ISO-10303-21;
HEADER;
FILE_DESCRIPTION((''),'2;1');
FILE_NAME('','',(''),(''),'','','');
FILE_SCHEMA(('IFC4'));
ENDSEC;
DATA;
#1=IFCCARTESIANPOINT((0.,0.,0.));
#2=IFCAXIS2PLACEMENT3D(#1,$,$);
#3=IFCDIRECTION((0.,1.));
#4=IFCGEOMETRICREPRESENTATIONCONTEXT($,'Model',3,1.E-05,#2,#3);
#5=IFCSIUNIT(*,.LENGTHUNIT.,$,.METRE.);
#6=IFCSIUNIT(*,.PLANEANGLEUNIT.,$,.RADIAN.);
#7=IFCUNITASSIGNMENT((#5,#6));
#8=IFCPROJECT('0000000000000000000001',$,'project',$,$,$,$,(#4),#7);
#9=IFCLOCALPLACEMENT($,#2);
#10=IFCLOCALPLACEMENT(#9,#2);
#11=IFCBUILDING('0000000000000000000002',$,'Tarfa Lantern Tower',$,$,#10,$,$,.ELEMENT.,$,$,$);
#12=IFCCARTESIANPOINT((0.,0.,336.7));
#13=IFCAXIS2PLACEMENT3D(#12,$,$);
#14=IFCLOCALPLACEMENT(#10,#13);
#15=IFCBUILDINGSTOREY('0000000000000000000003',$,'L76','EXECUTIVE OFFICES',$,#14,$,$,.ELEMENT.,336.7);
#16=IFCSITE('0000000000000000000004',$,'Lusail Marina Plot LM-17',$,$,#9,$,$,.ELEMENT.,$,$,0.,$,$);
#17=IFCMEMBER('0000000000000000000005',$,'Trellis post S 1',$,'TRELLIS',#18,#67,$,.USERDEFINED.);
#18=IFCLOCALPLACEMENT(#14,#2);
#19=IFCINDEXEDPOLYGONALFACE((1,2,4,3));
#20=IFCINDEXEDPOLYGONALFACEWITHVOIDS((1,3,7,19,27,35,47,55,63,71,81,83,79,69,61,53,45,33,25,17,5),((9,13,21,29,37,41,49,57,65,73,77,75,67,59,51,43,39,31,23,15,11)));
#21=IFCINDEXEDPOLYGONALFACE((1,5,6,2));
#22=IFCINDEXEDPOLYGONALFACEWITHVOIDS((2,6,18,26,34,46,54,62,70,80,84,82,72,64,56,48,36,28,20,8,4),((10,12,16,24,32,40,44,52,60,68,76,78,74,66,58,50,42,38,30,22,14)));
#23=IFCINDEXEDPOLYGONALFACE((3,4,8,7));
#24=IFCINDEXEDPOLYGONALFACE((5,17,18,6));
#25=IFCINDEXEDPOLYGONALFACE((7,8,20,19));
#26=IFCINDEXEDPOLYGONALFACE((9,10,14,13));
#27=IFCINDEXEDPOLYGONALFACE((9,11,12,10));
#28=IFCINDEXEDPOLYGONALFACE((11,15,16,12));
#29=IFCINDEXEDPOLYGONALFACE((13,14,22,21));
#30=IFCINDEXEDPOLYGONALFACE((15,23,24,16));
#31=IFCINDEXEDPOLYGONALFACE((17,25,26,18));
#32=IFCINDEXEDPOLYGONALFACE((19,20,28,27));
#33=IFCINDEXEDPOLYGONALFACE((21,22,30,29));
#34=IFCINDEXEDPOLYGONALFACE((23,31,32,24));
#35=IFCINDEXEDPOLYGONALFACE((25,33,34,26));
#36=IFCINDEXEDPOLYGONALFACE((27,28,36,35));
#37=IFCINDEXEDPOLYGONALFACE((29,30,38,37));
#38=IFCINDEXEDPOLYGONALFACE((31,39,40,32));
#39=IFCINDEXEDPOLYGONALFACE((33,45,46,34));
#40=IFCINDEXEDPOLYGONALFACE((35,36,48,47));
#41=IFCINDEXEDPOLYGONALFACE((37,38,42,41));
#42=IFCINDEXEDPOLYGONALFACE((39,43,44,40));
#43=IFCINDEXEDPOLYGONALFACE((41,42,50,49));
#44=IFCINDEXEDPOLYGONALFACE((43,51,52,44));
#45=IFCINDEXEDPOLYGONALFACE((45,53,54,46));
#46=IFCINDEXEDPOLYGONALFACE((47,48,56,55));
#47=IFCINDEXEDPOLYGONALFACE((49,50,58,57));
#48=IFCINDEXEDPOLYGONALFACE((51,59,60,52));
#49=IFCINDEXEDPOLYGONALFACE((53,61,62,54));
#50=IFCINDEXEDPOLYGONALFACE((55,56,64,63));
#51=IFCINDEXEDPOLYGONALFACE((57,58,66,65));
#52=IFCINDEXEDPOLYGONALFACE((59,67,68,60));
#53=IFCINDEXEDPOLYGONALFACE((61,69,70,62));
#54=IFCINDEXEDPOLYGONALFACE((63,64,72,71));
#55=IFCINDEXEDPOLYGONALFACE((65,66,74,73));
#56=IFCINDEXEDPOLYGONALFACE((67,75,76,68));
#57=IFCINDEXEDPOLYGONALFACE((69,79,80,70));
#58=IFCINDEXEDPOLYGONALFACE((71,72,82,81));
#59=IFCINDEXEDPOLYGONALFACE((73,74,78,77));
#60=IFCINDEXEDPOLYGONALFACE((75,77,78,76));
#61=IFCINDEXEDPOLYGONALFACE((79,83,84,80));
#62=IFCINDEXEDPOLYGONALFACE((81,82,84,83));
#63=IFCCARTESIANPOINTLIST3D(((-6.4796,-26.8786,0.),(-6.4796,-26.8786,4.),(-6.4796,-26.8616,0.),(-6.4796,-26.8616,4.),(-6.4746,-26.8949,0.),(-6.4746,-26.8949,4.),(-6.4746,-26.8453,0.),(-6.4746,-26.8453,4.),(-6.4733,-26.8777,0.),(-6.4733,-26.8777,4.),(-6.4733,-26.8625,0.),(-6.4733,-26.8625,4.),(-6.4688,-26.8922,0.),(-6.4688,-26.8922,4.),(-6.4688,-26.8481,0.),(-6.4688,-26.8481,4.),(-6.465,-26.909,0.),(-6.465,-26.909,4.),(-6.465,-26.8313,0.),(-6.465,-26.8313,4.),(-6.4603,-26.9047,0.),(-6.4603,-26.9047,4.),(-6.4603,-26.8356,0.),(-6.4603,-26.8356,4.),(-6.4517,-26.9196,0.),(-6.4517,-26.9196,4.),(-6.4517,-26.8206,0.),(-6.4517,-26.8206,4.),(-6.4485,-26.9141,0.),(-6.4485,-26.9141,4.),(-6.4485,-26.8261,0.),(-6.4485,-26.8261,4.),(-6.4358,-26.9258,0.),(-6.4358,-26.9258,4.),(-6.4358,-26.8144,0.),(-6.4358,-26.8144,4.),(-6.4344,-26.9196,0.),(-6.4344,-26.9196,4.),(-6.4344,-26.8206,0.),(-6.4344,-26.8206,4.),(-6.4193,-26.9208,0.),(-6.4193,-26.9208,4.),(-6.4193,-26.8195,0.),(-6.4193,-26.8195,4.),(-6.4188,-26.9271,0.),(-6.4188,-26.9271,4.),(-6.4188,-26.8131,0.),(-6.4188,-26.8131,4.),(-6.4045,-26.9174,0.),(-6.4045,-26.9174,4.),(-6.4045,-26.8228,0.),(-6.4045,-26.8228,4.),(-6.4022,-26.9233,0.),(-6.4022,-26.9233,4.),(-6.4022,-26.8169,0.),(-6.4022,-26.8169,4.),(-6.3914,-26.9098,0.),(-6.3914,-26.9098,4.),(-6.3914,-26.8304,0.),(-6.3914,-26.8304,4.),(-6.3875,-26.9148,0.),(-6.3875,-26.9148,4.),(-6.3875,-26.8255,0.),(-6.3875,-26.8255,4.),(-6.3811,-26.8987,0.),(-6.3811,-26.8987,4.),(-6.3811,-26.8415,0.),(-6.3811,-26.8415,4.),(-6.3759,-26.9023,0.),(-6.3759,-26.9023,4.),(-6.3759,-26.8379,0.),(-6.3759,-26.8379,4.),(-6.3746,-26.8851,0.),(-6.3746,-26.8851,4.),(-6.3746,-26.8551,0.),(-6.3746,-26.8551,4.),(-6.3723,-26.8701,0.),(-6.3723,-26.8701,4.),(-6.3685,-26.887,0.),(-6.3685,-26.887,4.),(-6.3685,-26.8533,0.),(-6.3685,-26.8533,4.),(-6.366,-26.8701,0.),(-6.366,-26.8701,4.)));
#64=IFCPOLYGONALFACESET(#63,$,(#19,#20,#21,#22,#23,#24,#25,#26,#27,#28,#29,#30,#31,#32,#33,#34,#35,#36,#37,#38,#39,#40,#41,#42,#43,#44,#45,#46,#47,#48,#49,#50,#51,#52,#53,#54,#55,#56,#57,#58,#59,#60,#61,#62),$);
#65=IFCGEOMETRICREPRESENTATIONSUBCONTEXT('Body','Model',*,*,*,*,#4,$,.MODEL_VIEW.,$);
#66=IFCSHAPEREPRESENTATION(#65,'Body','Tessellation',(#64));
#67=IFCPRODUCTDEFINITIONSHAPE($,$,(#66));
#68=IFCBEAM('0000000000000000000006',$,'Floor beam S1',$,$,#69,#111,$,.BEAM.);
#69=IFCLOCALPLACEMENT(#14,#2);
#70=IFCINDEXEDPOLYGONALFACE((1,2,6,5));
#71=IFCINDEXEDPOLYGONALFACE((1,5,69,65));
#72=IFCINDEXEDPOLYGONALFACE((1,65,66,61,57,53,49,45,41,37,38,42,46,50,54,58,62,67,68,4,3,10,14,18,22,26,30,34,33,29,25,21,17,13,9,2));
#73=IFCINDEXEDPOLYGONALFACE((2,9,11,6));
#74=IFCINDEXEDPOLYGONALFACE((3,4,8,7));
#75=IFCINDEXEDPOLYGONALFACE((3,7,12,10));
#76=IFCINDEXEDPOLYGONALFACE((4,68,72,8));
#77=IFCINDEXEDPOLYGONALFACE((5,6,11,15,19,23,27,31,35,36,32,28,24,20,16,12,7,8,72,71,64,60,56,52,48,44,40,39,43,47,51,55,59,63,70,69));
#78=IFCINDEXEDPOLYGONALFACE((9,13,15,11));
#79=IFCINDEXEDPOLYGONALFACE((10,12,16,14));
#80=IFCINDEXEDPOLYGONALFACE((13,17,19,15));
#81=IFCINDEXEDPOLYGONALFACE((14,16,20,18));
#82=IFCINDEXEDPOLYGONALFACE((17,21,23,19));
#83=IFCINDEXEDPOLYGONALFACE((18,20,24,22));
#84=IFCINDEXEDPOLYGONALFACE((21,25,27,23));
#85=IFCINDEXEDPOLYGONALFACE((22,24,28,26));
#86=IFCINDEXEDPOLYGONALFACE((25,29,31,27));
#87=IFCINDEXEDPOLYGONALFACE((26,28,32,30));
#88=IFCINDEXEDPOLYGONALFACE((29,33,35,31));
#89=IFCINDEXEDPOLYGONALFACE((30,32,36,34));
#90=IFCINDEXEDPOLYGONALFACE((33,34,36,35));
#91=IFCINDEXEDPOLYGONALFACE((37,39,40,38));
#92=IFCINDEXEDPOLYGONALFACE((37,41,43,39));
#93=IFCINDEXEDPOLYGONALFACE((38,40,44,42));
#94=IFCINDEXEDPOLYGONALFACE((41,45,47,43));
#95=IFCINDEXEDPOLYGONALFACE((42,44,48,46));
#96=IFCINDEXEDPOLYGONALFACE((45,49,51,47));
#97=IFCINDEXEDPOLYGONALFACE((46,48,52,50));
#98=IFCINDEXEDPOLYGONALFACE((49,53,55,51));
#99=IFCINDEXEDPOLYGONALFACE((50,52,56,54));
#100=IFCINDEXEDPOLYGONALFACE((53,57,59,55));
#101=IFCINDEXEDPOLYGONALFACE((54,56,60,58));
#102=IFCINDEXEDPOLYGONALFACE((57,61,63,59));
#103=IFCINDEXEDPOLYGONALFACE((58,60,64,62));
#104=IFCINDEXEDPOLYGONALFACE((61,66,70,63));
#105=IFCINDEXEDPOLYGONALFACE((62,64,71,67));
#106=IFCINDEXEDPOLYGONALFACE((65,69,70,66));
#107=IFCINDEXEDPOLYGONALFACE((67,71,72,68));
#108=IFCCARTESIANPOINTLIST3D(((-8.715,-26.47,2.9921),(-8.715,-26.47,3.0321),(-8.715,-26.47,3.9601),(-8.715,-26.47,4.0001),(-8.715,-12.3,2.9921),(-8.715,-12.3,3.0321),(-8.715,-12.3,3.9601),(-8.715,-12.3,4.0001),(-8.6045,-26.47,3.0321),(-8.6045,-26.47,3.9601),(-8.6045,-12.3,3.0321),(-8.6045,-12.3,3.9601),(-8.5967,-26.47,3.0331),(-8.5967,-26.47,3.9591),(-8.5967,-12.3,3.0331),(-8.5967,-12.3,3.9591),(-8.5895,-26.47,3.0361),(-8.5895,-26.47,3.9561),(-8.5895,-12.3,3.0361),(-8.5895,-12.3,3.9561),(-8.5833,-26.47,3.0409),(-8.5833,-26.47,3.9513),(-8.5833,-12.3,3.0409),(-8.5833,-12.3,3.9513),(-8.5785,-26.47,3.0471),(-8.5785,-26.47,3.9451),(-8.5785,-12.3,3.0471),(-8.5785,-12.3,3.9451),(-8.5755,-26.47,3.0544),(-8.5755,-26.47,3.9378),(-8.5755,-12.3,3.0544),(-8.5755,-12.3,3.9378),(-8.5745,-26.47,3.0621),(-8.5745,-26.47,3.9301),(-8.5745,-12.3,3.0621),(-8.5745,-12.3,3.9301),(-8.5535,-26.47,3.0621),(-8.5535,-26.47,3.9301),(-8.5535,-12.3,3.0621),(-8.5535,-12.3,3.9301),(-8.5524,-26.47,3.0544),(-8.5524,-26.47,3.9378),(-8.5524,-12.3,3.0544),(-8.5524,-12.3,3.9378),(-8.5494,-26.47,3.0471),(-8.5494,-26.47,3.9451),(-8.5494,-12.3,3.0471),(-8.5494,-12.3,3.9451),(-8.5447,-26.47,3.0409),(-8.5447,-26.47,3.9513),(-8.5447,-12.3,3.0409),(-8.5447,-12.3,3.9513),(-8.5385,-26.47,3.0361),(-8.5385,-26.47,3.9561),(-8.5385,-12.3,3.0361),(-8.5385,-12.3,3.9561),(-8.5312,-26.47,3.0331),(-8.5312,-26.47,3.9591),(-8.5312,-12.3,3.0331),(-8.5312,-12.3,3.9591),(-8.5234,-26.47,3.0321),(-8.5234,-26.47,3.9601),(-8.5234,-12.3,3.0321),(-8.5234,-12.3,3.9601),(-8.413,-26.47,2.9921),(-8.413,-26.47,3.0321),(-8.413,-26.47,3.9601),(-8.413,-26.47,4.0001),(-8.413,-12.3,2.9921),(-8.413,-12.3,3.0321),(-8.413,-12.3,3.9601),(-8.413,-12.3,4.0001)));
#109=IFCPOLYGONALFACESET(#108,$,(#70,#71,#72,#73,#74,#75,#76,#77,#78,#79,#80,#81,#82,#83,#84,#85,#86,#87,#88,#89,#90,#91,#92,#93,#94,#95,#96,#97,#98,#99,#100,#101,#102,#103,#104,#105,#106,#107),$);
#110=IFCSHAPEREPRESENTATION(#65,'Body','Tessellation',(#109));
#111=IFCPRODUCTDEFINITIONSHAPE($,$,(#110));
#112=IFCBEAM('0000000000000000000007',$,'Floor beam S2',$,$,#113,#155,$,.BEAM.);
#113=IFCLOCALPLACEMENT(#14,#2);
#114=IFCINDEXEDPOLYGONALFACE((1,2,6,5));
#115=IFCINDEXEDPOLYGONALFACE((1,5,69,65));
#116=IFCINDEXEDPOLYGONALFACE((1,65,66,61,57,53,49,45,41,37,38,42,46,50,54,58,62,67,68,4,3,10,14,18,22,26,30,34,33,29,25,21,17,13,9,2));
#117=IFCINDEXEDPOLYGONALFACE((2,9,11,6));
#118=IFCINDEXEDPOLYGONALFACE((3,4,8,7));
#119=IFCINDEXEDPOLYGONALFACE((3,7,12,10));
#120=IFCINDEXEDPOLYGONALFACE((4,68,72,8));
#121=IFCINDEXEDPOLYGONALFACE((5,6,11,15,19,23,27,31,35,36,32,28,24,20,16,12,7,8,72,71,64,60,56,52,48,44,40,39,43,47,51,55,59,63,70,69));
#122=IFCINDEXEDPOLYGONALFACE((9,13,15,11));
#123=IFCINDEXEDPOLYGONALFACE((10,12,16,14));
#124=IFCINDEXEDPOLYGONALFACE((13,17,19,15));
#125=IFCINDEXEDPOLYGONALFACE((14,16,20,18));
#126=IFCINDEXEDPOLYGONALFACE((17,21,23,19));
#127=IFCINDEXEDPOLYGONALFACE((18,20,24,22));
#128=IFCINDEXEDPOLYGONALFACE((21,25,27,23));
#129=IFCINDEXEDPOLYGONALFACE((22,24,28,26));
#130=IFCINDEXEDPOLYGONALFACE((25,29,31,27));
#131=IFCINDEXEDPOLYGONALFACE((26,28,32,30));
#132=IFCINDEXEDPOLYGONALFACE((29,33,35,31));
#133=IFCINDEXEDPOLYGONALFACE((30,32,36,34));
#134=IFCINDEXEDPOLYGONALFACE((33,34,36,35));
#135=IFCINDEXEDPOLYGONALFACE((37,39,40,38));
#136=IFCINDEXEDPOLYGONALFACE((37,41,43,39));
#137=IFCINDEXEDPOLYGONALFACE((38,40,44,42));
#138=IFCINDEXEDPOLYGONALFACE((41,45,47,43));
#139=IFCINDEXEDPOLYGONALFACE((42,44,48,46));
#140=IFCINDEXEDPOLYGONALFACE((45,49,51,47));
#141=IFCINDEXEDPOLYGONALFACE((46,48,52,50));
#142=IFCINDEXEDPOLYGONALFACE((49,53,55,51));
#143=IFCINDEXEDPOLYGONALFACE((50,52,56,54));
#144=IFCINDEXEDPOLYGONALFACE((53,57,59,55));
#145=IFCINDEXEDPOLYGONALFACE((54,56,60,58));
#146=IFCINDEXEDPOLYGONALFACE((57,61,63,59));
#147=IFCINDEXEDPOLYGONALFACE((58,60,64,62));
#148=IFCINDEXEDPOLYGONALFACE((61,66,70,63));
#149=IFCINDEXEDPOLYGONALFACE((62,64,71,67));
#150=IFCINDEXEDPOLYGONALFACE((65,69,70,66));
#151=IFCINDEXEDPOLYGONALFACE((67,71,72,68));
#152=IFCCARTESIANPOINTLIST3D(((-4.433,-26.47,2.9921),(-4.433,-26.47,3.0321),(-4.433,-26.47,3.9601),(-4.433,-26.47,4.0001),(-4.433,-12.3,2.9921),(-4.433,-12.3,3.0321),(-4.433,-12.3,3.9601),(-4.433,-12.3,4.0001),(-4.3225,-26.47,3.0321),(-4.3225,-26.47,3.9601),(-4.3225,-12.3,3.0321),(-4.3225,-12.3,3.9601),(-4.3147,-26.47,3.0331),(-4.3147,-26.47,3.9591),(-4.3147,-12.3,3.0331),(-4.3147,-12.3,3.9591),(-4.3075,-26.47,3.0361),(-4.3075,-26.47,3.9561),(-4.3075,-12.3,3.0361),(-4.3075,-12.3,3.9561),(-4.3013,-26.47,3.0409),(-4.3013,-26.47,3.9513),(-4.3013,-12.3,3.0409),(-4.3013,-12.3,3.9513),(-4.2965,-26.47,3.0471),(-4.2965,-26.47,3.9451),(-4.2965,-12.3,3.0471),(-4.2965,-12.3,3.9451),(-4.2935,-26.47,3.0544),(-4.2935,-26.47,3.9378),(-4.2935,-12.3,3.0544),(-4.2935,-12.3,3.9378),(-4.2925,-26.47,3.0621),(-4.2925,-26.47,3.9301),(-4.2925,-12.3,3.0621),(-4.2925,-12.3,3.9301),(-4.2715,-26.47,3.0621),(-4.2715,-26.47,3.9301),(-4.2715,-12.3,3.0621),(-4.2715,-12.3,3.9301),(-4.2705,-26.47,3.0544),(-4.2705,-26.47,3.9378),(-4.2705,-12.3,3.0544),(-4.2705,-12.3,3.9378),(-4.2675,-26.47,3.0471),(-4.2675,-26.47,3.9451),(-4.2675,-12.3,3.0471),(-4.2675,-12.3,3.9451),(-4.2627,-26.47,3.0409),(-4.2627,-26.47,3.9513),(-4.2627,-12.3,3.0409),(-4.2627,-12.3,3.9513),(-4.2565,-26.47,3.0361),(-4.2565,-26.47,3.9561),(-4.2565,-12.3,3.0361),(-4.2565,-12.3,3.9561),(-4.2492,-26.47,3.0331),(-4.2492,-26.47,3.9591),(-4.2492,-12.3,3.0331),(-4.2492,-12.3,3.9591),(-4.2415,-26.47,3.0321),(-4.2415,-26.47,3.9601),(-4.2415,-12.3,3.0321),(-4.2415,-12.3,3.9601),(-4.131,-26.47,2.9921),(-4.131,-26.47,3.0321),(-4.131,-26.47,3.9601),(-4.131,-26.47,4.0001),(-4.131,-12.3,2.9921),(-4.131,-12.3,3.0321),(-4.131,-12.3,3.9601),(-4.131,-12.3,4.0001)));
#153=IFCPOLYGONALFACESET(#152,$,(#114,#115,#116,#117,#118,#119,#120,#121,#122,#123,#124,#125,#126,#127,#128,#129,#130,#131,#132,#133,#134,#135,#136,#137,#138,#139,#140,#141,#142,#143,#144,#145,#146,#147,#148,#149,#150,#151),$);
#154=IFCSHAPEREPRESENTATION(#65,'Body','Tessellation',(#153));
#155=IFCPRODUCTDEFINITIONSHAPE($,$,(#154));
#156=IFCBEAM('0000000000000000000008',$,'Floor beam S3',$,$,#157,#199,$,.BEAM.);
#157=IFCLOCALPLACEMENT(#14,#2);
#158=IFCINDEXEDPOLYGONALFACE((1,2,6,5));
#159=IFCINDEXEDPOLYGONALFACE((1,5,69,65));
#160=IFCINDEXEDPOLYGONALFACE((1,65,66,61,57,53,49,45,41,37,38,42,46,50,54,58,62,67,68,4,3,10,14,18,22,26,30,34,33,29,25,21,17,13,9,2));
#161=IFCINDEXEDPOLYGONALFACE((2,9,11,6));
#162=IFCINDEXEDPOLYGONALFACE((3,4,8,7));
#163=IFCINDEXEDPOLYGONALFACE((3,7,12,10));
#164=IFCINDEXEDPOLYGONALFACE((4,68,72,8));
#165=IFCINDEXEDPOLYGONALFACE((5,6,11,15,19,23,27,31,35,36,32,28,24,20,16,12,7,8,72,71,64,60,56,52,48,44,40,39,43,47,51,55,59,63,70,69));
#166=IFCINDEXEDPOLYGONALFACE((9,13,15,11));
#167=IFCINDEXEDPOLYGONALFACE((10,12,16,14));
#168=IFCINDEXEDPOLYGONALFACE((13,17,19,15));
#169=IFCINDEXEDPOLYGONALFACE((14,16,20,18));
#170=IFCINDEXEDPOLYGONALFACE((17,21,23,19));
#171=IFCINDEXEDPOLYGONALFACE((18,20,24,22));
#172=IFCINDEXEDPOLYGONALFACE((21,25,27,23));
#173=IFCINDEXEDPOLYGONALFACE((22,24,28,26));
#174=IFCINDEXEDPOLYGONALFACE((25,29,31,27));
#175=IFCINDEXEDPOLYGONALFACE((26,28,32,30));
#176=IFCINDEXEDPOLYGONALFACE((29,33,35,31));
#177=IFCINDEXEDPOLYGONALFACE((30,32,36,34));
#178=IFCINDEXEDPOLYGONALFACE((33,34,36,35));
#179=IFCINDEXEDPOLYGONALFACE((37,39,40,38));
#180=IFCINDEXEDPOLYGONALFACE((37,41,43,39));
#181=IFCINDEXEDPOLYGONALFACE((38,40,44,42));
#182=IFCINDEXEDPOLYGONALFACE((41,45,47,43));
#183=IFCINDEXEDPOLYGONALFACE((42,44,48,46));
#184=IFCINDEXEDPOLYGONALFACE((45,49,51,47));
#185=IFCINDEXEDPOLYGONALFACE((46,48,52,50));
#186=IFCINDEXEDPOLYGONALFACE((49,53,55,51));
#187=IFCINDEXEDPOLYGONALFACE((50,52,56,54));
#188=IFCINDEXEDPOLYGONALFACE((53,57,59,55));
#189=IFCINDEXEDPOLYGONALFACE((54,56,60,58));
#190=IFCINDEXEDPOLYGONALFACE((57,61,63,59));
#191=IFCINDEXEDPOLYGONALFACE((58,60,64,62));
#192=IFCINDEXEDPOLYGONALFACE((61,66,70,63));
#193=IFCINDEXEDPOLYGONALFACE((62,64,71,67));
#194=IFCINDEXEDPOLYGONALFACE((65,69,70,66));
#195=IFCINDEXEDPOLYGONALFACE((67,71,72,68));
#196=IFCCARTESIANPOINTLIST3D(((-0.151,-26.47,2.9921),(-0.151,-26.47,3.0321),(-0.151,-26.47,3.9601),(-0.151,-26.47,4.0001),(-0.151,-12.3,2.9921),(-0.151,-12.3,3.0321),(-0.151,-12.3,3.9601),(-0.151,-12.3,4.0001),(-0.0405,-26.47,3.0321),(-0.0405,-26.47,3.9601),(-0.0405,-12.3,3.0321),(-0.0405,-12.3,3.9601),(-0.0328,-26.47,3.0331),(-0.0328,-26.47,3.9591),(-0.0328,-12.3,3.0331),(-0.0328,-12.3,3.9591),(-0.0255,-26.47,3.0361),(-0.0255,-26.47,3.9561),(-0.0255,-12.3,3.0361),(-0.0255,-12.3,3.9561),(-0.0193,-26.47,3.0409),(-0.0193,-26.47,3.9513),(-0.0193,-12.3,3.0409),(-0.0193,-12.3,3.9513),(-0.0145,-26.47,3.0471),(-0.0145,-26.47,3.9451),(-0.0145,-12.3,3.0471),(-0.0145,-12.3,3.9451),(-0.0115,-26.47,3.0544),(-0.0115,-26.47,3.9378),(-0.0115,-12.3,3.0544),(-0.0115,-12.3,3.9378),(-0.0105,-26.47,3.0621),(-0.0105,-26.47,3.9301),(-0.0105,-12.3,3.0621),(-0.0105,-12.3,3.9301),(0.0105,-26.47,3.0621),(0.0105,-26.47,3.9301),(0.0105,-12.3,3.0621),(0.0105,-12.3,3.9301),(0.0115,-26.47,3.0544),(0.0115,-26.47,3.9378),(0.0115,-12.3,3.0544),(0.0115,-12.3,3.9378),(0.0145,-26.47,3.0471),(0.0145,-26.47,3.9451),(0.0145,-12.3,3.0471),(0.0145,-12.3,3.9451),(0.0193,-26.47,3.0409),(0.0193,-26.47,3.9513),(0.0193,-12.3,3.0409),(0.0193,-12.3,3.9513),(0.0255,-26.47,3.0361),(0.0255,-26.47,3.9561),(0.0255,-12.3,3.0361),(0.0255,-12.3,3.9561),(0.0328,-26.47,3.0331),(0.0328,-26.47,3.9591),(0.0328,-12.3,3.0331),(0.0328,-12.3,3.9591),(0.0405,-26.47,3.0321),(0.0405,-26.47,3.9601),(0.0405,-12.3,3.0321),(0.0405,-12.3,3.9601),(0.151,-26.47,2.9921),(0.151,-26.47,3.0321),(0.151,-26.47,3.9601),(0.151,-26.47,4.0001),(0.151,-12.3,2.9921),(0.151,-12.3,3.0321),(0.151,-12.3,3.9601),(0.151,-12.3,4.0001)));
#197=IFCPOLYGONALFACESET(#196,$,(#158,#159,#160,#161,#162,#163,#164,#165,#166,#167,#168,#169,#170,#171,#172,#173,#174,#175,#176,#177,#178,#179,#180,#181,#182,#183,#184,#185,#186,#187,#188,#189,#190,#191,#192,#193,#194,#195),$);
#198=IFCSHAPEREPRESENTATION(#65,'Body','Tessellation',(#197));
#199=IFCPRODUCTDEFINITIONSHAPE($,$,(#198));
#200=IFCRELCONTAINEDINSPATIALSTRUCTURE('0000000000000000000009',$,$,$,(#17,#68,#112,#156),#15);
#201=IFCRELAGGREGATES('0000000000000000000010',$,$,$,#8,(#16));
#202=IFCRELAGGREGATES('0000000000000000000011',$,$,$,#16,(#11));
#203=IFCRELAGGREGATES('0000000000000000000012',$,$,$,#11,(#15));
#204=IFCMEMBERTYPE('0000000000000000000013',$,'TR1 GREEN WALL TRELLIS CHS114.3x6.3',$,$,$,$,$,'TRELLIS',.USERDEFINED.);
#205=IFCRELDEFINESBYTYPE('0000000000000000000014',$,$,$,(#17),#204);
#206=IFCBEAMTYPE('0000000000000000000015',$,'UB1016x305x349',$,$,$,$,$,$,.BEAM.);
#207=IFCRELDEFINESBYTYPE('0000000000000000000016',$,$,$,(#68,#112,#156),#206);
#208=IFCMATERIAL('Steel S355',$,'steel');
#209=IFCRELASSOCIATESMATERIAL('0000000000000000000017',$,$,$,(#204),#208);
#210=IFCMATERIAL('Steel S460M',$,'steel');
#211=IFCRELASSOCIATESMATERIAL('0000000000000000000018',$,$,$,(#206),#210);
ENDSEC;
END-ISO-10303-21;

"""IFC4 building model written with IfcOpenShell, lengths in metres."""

from ifc_helpers import new_model, si_unit, direction, frame, origin, origin_2d, place, context, subcontext, project, spatial, hollow_circle, i_section, extrude, material, material_profile, profile_set, type_object, element, save


model = new_model("IFC4")

# Units and contexts
model_context = context("Model", 3, precision=1e-05, world=origin(), true_north=direction((0.0, 1.0)))
body_context = subcontext(model_context, "Body", "Model", "MODEL_VIEW")
ifc_project = project(units=[si_unit("LENGTHUNIT", "METRE"), si_unit("PLANEANGLEUNIT", "RADIAN")], contexts=[model_context])

# Site, building, storey
site_placement = place(None, origin())
site = spatial("IfcSite", under=ifc_project, at=site_placement, Name="Lusail Marina Plot LM-17", CompositionType="ELEMENT", RefElevation=0.0)
building_placement = place(site_placement, origin())
building = spatial("IfcBuilding", under=site, at=building_placement, Name="Tarfa Lantern Tower", CompositionType="ELEMENT")
storey_placement = place(building_placement, frame((0.0, 0.0, 336.7)))
storey = spatial("IfcBuildingStorey", under=building, at=storey_placement, Name="L76", Description="EXECUTIVE OFFICES", CompositionType="ELEMENT", Elevation=336.7)

# Member
ifc_material_1 = material(Name="Steel S355", Category="steel")
ifc_material_profile_1 = material_profile(ifc_material_1, hollow_circle(Radius=0.0571, WallThickness=0.0063, at=origin_2d()), Name="CHS114.3x6.3")
ifc_profile_set_1 = profile_set([ifc_material_profile_1], Name="Steel S355")
member_type_1 = type_object("IfcMemberType", Name="TR1 GREEN WALL TRELLIS CHS114.3x6.3", ElementType="TRELLIS", PredefinedType="USERDEFINED", material=ifc_profile_set_1)
member_1_placement = place(storey_placement, frame((-6.4231, -26.8701, 0.0), z_axis=(0.0, 0.0, 1.0), x_axis=(1.0, 0.0, 0.0)))
element("IfcMember", 1, at=member_1_placement, inside=storey, type_object=member_type_1, Name="Trellis post S 1", ObjectType="TRELLIS", PredefinedType="USERDEFINED", context=body_context, shape_type="SweptSolid", body=[
    extrude(hollow_circle(Radius=0.0571, WallThickness=0.0063, at=origin_2d()), origin(), (0.0, 0.0, 1.0), 4.0),
])

# Beams
ifc_material_2 = material(Name="Steel S460M", Category="steel")
ifc_material_profile_2 = material_profile(ifc_material_2, i_section(OverallWidth=0.302, OverallDepth=1.0081, WebThickness=0.021, FlangeThickness=0.04, FilletRadius=0.03, at=origin_2d()), Name="UB1016x305x349")
ifc_profile_set_2 = profile_set([ifc_material_profile_2], Name="Steel S460M")
beam_type_1 = type_object("IfcBeamType", Name="UB1016x305x349", PredefinedType="BEAM", material=ifc_profile_set_2)
for number, where, z_axis, x_axis, name in (
    (2, (-8.564, -26.47, 3.4961), (0.0, 1.0, 0.0), (-1.0, 0.0, 0.0), "Floor beam S1"),
    (3, (-4.282, -26.47, 3.4961), (0.0, 1.0, 0.0), (-1.0, 0.0, 0.0), "Floor beam S2"),
    (4, (0.0, -26.47, 3.4961), (0.0, 1.0, 0.0), (-1.0, 0.0, 0.0), "Floor beam S3"),
):
    element("IfcBeam", number, at=place(storey_placement, frame(where, z_axis=z_axis, x_axis=x_axis)), inside=storey, type_object=beam_type_1, Name=name, PredefinedType="BEAM", context=body_context, shape_type="SweptSolid", body=[
        extrude(i_section(OverallWidth=0.302, OverallDepth=1.0081, WebThickness=0.021, FlangeThickness=0.04, FilletRadius=0.03, at=origin_2d()), origin(), (0.0, 0.0, 1.0), 14.1699),
    ])

save(model, "model.ifc")
